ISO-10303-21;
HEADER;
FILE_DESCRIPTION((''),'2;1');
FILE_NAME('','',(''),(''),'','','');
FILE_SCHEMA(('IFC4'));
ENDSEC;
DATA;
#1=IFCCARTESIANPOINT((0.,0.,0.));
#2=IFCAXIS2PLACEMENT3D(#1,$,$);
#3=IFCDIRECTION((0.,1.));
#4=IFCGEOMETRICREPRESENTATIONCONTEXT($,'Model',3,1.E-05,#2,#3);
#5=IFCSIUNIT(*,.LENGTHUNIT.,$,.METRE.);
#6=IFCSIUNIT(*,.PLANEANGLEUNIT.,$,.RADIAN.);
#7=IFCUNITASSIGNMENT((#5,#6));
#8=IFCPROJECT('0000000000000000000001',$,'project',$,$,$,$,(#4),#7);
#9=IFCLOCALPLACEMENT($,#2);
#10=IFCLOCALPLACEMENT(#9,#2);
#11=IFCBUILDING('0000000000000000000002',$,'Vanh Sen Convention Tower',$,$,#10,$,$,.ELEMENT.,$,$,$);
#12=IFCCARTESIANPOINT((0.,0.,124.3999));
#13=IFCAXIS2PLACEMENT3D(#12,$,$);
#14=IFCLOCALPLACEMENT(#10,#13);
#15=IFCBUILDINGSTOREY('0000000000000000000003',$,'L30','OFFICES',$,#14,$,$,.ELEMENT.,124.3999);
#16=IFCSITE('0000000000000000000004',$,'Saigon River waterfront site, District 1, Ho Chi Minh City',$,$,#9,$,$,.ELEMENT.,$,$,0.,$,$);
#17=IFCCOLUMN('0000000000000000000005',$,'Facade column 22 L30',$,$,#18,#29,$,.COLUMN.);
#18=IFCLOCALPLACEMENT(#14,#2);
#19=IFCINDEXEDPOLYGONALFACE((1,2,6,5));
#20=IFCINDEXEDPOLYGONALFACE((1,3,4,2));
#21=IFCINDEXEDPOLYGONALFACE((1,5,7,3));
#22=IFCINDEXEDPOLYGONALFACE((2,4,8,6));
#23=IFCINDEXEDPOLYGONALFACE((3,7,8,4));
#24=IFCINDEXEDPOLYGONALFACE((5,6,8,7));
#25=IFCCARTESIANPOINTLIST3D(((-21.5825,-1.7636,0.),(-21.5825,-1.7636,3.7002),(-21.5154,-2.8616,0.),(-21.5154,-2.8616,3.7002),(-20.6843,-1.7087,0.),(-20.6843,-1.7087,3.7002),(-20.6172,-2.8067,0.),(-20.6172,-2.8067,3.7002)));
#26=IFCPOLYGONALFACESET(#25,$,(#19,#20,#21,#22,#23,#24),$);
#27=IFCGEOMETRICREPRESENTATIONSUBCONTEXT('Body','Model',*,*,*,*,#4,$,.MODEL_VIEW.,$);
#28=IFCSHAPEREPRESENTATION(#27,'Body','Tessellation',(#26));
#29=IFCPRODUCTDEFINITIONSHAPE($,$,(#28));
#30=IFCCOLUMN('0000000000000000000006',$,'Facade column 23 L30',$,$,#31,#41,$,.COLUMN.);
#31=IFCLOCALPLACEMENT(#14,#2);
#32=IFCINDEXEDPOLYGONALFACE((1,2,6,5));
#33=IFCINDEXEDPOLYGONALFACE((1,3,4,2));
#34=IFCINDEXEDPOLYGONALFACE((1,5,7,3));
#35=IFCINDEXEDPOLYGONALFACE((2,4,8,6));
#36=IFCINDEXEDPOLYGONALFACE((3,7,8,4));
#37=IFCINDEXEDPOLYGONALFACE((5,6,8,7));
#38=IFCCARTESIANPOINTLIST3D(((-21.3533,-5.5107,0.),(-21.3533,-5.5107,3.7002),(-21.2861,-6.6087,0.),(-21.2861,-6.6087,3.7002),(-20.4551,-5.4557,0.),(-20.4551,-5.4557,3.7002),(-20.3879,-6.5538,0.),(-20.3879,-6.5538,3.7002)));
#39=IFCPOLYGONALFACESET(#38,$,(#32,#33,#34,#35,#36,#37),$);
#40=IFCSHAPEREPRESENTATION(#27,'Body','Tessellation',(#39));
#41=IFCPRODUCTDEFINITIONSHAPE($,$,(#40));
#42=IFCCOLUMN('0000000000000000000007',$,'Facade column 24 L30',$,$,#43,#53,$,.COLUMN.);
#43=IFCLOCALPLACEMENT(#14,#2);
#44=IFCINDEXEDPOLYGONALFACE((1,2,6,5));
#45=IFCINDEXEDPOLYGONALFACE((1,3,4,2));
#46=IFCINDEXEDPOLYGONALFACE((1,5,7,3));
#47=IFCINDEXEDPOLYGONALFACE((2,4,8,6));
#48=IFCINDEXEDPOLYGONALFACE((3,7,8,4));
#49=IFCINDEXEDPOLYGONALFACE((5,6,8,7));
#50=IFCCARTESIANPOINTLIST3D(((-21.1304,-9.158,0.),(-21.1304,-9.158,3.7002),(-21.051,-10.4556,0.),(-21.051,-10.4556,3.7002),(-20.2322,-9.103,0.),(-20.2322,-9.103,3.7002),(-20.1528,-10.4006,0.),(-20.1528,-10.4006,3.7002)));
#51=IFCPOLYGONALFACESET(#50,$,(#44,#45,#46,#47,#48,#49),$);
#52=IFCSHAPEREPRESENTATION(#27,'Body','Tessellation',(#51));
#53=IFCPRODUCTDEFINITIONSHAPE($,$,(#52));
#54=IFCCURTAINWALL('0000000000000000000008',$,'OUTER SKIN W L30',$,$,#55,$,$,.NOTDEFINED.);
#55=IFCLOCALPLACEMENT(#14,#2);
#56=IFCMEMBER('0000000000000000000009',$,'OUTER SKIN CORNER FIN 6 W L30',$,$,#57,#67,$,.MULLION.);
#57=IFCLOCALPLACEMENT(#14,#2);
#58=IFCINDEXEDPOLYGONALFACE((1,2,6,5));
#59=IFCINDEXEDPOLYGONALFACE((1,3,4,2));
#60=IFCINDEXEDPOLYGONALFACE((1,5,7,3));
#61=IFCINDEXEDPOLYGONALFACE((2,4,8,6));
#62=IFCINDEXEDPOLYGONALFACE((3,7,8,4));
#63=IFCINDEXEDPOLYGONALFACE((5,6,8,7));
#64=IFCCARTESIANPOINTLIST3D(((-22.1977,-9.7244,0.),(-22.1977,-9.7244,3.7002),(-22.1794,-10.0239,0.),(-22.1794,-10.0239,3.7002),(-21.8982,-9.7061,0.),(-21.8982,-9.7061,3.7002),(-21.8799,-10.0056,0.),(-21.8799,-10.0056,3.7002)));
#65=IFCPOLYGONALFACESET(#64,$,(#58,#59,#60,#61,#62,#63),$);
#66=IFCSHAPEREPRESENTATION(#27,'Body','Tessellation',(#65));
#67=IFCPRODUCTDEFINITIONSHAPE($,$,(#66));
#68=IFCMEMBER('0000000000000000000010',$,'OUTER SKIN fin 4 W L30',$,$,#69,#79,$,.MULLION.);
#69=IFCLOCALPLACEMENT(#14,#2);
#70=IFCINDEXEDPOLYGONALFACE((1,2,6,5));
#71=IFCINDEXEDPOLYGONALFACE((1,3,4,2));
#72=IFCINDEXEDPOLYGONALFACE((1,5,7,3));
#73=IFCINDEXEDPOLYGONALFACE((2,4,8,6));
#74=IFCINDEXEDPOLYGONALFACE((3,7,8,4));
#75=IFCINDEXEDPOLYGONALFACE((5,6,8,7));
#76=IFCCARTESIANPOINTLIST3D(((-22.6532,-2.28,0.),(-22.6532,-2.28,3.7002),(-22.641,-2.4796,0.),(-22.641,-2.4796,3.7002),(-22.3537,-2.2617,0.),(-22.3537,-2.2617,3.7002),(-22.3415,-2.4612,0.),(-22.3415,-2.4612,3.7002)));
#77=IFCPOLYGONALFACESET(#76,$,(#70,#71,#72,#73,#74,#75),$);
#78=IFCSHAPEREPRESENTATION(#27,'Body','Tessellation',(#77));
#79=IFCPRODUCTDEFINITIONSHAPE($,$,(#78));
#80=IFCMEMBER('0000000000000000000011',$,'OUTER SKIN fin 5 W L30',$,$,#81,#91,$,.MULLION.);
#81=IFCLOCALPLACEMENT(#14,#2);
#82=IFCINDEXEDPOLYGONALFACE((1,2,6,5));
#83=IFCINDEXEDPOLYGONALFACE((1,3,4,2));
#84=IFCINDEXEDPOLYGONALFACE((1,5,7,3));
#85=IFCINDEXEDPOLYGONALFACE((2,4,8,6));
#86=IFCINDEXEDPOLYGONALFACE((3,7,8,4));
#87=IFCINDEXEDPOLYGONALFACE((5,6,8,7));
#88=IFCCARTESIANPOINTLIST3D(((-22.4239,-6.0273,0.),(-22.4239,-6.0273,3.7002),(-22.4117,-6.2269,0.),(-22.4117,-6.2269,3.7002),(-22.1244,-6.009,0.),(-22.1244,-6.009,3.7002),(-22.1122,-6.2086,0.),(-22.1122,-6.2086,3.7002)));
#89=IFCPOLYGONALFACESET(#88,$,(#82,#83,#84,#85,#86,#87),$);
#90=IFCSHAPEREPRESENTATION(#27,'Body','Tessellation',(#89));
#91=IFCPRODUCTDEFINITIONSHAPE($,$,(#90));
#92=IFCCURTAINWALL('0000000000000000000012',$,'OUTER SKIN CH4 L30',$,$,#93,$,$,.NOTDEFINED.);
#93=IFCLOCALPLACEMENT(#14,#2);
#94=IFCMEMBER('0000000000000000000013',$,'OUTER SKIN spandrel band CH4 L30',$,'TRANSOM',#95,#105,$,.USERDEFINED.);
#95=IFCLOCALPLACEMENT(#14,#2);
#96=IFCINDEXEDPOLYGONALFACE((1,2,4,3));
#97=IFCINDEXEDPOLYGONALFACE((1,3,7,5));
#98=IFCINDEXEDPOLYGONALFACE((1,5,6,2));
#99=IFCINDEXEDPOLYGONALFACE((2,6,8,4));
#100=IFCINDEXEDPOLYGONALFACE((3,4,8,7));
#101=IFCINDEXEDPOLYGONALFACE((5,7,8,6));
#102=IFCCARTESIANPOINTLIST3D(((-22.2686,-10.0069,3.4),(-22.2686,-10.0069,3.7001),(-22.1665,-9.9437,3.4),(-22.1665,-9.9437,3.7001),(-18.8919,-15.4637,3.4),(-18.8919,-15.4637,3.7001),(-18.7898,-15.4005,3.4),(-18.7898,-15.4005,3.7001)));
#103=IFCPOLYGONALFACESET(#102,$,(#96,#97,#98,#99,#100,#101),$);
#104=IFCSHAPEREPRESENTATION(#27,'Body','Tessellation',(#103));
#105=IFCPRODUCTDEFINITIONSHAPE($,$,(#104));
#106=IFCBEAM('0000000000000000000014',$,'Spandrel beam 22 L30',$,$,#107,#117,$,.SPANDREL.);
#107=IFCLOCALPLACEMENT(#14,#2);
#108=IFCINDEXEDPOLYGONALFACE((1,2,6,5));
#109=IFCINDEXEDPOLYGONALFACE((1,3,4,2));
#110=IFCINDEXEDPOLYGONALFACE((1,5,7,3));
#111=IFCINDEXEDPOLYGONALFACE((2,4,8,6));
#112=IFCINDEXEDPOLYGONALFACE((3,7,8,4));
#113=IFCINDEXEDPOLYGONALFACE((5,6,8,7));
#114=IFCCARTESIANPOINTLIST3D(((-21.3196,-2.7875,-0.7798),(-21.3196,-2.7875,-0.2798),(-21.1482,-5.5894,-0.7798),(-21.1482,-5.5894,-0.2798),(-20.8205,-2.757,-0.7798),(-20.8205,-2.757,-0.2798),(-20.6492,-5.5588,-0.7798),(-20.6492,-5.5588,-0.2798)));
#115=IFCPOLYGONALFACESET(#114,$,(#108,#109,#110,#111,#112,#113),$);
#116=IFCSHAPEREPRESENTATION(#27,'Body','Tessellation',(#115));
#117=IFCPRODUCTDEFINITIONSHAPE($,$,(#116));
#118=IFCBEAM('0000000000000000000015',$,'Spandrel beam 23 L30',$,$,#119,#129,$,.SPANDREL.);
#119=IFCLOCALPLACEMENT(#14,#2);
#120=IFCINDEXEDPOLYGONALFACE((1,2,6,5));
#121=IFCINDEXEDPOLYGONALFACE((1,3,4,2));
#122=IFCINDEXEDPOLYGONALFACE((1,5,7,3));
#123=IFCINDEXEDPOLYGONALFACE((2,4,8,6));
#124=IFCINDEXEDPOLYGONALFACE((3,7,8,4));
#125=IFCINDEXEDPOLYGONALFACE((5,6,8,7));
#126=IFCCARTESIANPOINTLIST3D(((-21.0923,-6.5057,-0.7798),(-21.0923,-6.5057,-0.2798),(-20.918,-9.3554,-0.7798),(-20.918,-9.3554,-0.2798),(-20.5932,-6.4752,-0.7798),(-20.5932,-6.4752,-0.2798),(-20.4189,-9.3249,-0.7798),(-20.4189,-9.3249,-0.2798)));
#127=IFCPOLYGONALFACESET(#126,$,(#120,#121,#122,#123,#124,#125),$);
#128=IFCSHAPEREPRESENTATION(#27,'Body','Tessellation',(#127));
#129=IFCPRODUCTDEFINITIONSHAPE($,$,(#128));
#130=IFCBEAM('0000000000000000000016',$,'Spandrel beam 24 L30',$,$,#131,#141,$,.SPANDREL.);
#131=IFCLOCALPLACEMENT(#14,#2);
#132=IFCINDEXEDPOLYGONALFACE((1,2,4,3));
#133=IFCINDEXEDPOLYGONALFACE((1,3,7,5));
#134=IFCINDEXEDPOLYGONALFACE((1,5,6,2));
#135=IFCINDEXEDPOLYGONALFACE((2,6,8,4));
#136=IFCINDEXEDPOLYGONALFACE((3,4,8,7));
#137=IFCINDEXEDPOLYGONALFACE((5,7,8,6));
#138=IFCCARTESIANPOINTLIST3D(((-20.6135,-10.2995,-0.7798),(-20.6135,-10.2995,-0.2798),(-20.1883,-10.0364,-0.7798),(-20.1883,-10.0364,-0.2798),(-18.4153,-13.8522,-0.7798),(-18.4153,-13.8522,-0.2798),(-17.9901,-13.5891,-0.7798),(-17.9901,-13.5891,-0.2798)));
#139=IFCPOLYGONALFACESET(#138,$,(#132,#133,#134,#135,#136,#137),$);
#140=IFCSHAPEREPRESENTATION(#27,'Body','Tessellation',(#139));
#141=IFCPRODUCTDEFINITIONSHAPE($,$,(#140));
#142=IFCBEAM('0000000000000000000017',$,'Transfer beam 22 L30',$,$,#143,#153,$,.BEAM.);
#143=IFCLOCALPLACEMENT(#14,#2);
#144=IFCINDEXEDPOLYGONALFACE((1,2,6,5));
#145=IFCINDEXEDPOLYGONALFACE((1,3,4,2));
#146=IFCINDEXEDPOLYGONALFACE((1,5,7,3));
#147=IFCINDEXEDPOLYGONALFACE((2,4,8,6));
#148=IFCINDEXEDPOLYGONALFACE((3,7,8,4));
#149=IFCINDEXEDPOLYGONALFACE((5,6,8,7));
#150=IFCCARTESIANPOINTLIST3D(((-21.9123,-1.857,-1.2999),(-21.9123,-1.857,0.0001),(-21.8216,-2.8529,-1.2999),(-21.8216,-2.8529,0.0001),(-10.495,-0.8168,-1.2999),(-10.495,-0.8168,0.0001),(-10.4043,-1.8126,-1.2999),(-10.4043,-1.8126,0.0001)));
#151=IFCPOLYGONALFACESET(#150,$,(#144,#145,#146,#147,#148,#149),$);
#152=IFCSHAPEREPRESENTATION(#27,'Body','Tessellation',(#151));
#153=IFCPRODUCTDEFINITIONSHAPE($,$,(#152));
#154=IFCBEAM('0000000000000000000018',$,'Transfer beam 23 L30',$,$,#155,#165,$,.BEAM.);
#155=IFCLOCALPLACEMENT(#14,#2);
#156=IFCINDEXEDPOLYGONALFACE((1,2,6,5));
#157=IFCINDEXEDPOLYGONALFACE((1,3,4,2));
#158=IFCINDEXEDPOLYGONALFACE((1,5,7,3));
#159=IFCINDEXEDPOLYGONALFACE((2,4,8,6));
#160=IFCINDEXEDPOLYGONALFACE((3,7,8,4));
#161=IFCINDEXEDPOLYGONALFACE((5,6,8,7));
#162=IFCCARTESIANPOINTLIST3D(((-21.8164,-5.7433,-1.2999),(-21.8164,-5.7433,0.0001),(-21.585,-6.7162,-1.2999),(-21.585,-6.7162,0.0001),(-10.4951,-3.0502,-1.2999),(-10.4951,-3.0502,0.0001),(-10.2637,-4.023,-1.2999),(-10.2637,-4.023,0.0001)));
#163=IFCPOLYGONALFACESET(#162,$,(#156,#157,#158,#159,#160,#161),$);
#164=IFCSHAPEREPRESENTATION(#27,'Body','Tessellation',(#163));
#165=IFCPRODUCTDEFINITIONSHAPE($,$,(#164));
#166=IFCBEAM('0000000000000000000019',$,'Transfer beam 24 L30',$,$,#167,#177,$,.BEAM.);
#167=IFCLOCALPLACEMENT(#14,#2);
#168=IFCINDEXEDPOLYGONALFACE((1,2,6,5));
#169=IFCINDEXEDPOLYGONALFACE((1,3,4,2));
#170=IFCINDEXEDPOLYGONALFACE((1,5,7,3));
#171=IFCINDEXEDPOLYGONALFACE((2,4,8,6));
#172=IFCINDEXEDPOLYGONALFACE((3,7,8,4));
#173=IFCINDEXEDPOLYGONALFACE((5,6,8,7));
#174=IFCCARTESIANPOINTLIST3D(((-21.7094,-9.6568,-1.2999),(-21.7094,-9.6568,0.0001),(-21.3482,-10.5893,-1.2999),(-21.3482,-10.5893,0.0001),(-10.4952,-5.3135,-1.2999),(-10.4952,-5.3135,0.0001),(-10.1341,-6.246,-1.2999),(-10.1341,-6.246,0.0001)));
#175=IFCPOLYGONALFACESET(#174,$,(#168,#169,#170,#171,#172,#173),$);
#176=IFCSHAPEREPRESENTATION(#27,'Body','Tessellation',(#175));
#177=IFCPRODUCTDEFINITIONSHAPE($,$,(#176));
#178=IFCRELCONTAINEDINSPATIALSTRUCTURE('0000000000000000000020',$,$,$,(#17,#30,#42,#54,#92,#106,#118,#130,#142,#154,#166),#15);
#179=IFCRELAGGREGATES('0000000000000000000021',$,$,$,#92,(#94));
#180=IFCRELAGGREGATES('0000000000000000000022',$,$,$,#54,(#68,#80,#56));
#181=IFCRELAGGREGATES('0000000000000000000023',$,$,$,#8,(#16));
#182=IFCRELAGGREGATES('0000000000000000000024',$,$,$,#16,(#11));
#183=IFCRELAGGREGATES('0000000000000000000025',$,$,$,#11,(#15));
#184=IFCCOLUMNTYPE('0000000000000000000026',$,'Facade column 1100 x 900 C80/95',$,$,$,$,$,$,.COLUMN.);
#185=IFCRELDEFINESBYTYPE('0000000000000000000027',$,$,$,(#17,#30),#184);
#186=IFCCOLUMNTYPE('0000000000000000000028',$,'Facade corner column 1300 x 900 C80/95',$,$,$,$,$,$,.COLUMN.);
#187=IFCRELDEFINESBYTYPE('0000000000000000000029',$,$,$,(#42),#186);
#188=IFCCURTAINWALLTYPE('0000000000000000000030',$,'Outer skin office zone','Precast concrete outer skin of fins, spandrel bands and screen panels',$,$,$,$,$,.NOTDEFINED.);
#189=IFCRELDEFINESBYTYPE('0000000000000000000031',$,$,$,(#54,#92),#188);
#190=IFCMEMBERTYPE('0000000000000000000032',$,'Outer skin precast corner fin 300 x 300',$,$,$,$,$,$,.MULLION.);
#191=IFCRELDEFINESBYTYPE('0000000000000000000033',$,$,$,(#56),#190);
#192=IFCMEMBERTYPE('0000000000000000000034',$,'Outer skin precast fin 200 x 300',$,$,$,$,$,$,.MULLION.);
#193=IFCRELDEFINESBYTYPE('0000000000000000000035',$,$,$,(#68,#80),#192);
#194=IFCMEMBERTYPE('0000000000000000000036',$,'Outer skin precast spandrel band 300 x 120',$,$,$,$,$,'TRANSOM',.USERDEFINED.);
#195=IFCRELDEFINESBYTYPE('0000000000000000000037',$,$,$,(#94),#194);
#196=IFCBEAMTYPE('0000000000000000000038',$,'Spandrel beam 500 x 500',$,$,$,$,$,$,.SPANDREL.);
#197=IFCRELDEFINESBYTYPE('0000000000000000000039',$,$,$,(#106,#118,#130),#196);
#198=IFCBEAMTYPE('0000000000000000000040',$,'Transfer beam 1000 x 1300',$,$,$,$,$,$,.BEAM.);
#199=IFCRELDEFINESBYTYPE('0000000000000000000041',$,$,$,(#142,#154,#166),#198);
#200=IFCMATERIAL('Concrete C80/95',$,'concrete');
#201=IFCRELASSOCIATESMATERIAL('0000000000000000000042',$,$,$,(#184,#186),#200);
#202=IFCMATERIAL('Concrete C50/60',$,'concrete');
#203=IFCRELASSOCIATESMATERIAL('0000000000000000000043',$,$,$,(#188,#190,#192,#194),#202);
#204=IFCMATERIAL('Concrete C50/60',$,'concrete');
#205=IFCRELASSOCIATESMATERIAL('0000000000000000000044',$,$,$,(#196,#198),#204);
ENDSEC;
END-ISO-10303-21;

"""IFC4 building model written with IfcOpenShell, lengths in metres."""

from ifc_helpers import new_model, si_unit, direction, frame, origin, origin_2d, place, context, subcontext, project, spatial, rectangle, extrude, material, material_profile, profile_set, type_object, element, aggregate, save


model = new_model("IFC4")

# Units and contexts
model_context = context("Model", 3, precision=1e-05, world=origin(), true_north=direction((0.0, 1.0)))
body_context = subcontext(model_context, "Body", "Model", "MODEL_VIEW")
ifc_project = project(units=[si_unit("LENGTHUNIT", "METRE"), si_unit("PLANEANGLEUNIT", "RADIAN")], contexts=[model_context])

# Site, building, storey
site_placement = place(None, origin())
site = spatial("IfcSite", under=ifc_project, at=site_placement, Name="Saigon River waterfront site, District 1, Ho Chi Minh City", CompositionType="ELEMENT", RefElevation=0.0)
building_placement = place(site_placement, origin())
building = spatial("IfcBuilding", under=site, at=building_placement, Name="Vanh Sen Convention Tower", CompositionType="ELEMENT")
storey_placement = place(building_placement, frame((0.0, 0.0, 124.3999)))
storey = spatial("IfcBuildingStorey", under=building, at=storey_placement, Name="L30", Description="OFFICES", CompositionType="ELEMENT", Elevation=124.3999)

# Columns
ifc_material_1 = material(Name="Concrete C80/95", Category="concrete")
ifc_material_profile_1 = material_profile(ifc_material_1, rectangle(XDim=1.1001, YDim=0.8999, at=origin_2d()), Name="RC 1100X900")
ifc_profile_set_1 = profile_set([ifc_material_profile_1], Name="Concrete C80/95")
column_type_1 = type_object("IfcColumnType", Name="Facade column 1100 x 900 C80/95", PredefinedType="COLUMN", material=ifc_profile_set_1)
for number, where, z_axis, x_axis, name in (
    (1, (-21.0999, -2.2852, 0.0), (0.0, 0.0, 1.0), (0.061049, -0.998135, 0.0), "Facade column 22 L30"),
    (2, (-20.8706, -6.0322, 0.0), (0.0, 0.0, 1.0), (0.061049, -0.998135, 0.0), "Facade column 23 L30"),
):
    element("IfcColumn", number, at=place(storey_placement, frame(where, z_axis=z_axis, x_axis=x_axis)), inside=storey, type_object=column_type_1, Name=name, PredefinedType="COLUMN", context=body_context, shape_type="SweptSolid", body=[
        extrude(rectangle(XDim=1.1001, YDim=0.8999, at=origin_2d()), origin(), (0.0, 0.0, 1.0), 3.7002),
    ])
ifc_material_profile_2 = material_profile(ifc_material_1, rectangle(XDim=1.3, YDim=0.8999, at=origin_2d()), Name="RC 1300X900")
ifc_profile_set_2 = profile_set([ifc_material_profile_2], Name="Concrete C80/95")
column_type_2 = type_object("IfcColumnType", Name="Facade corner column 1300 x 900 C80/95", PredefinedType="COLUMN", material=ifc_profile_set_2)
column_placement = place(storey_placement, frame((-20.6416, -9.7793, 0.0), z_axis=(0.0, 0.0, 1.0), x_axis=(0.061049, -0.998135, 0.0)))
element("IfcColumn", 3, at=column_placement, inside=storey, type_object=column_type_2, Name="Facade column 24 L30", PredefinedType="COLUMN", context=body_context, shape_type="SweptSolid", body=[
    extrude(rectangle(XDim=1.3, YDim=0.8999, at=origin_2d()), origin(), (0.0, 0.0, 1.0), 3.7002),
])

# Curtain wall, members
ifc_material_2 = material(Name="Concrete C50/60", Category="concrete")
curtain_wall_type = type_object("IfcCurtainWallType", Name="Outer skin office zone", Description="Precast concrete outer skin of fins, spandrel bands and screen panels", PredefinedType="NOTDEFINED", material=ifc_material_2)
curtain_wall_1_placement = place(storey_placement, origin())
curtain_wall_1 = element("IfcCurtainWall", 4, at=curtain_wall_1_placement, inside=storey, type_object=curtain_wall_type, Name="OUTER SKIN W L30", PredefinedType="NOTDEFINED")
ifc_material_profile_3 = material_profile(ifc_material_2, rectangle(XDim=0.3, YDim=0.3, at=origin_2d()), Name="Outer skin precast corner fin 300 x 300")
ifc_profile_set_3 = profile_set([ifc_material_profile_3], Name="Concrete C50/60")
member_type_1 = type_object("IfcMemberType", Name="Outer skin precast corner fin 300 x 300", PredefinedType="MULLION", material=ifc_profile_set_3)
member_1_placement = place(storey_placement, frame((-22.0388, -9.865, 0.0), z_axis=(0.0, 0.0, 1.0), x_axis=(0.061049, -0.998135, 0.0)))
member_1 = element("IfcMember", 5, at=member_1_placement, type_object=member_type_1, Name="OUTER SKIN CORNER FIN 6 W L30", PredefinedType="MULLION", context=body_context, shape_type="SweptSolid", body=[
    extrude(rectangle(XDim=0.3, YDim=0.3, at=origin_2d()), origin(), (0.0, 0.0, 1.0), 3.7002),
])
ifc_material_profile_4 = material_profile(ifc_material_2, rectangle(XDim=0.2, YDim=0.3, at=origin_2d()), Name="Outer skin precast fin 200 x 300")
ifc_profile_set_4 = profile_set([ifc_material_profile_4], Name="Concrete C50/60")
member_type_2 = type_object("IfcMemberType", Name="Outer skin precast fin 200 x 300", PredefinedType="MULLION", material=ifc_profile_set_4)
member_2_placement = place(storey_placement, frame((-22.4973, -2.3706, 0.0), z_axis=(0.0, 0.0, 1.0), x_axis=(0.061049, -0.998135, 0.0)))
member_2 = element("IfcMember", 6, at=member_2_placement, type_object=member_type_2, Name="OUTER SKIN fin 4 W L30", PredefinedType="MULLION", context=body_context, shape_type="SweptSolid", body=[
    extrude(rectangle(XDim=0.2, YDim=0.3, at=origin_2d()), origin(), (0.0, 0.0, 1.0), 3.7002),
])
member_3_placement = place(storey_placement, frame((-22.2681, -6.1179, 0.0), z_axis=(0.0, 0.0, 1.0), x_axis=(0.061049, -0.998135, 0.0)))
member_3 = element("IfcMember", 7, at=member_3_placement, type_object=member_type_2, Name="OUTER SKIN fin 5 W L30", PredefinedType="MULLION", context=body_context, shape_type="SweptSolid", body=[
    extrude(rectangle(XDim=0.2, YDim=0.3, at=origin_2d()), origin(), (0.0, 0.0, 1.0), 3.7002),
])

# Curtain wall, member
curtain_wall_2_placement = place(storey_placement, origin())
curtain_wall_2 = element("IfcCurtainWall", 8, at=curtain_wall_2_placement, inside=storey, type_object=curtain_wall_type, Name="OUTER SKIN CH4 L30", PredefinedType="NOTDEFINED")
ifc_material_profile_5 = material_profile(ifc_material_2, rectangle(XDim=0.1201, YDim=0.3, at=origin_2d()), Name="Outer skin precast spandrel band 300 x 120")
ifc_profile_set_5 = profile_set([ifc_material_profile_5], Name="Concrete C50/60")
member_type_3 = type_object("IfcMemberType", Name="Outer skin precast spandrel band 300 x 120", ElementType="TRANSOM", PredefinedType="USERDEFINED", material=ifc_profile_set_5)
member_4_placement = place(storey_placement, frame((-22.2175, -9.9753, 3.55), z_axis=(0.526208, -0.850356, 0.0), x_axis=(0.850356, 0.526208, 0.0)))
member_4 = element("IfcMember", 9, at=member_4_placement, type_object=member_type_3, Name="OUTER SKIN spandrel band CH4 L30", ObjectType="TRANSOM", PredefinedType="USERDEFINED", context=body_context, shape_type="SweptSolid", body=[
    extrude(rectangle(XDim=0.1201, YDim=0.3, at=origin_2d()), origin(), (0.0, 0.0, 1.0), 6.417),
])
aggregate(curtain_wall_2, [member_4])

# Beams
ifc_material_3 = material(Name="Concrete C50/60", Category="concrete")
ifc_material_profile_6 = material_profile(ifc_material_3, rectangle(XDim=0.5, YDim=0.5, at=origin_2d()), Name="RC 500X500")
ifc_profile_set_6 = profile_set([ifc_material_profile_6], Name="Concrete C50/60")
beam_type_1 = type_object("IfcBeamType", Name="Spandrel beam 500 x 500", PredefinedType="SPANDREL", material=ifc_profile_set_6)
beam_1_placement = place(storey_placement, frame((-21.0701, -2.7722, -0.5298), z_axis=(0.061052, -0.998135, 0.0), x_axis=(0.998135, 0.061052, 0.0)))
element("IfcBeam", 10, at=beam_1_placement, inside=storey, type_object=beam_type_1, Name="Spandrel beam 22 L30", PredefinedType="SPANDREL", context=body_context, shape_type="SweptSolid", body=[
    extrude(rectangle(XDim=0.5, YDim=0.5, at=origin_2d()), origin(), (0.0, 0.0, 1.0), 2.8071),
])
beam_2_placement = place(storey_placement, frame((-20.8428, -6.4905, -0.5298), z_axis=(0.061058, -0.998134, 0.0), x_axis=(0.998134, 0.061058, 0.0)))
element("IfcBeam", 11, at=beam_2_placement, inside=storey, type_object=beam_type_1, Name="Spandrel beam 23 L30", PredefinedType="SPANDREL", context=body_context, shape_type="SweptSolid", body=[
    extrude(rectangle(XDim=0.5, YDim=0.5, at=origin_2d()), origin(), (0.0, 0.0, 1.0), 2.855),
])
beam_3_placement = place(storey_placement, frame((-20.4009, -10.168, -0.5298), z_axis=(0.52617, -0.85038, 0.0), x_axis=(0.85038, 0.52617, 0.0)))
element("IfcBeam", 12, at=beam_3_placement, inside=storey, type_object=beam_type_1, Name="Spandrel beam 24 L30", PredefinedType="SPANDREL", context=body_context, shape_type="SweptSolid", body=[
    extrude(rectangle(XDim=0.5, YDim=0.5, at=origin_2d()), origin(), (0.0, 0.0, 1.0), 4.1777),
])
ifc_material_profile_7 = material_profile(ifc_material_3, rectangle(XDim=1.0, YDim=1.3, at=origin_2d()), Name="RC 1000X1300")
ifc_profile_set_7 = profile_set([ifc_material_profile_7], Name="Concrete C50/60")
beam_type_2 = type_object("IfcBeamType", Name="Transfer beam 1000 x 1300", PredefinedType="BEAM", material=ifc_profile_set_7)
beam_4_placement = place(storey_placement, frame((-21.8669, -2.355, -0.6499), z_axis=(0.995875, 0.090739, 0.0), x_axis=(-0.090739, 0.995875, 0.0)))
element("IfcBeam", 13, at=beam_4_placement, inside=storey, type_object=beam_type_2, Name="Transfer beam 22 L30", PredefinedType="BEAM", context=body_context, shape_type="SweptSolid", body=[
    extrude(rectangle(XDim=1.0, YDim=1.3, at=origin_2d()), origin(), (0.0, 0.0, 1.0), 11.4646),
])
beam_5_placement = place(storey_placement, frame((-21.7007, -6.2297, -0.6499), z_axis=(0.972853, 0.231423, 0.0), x_axis=(-0.231423, 0.972853, 0.0)))
element("IfcBeam", 14, at=beam_5_placement, inside=storey, type_object=beam_type_2, Name="Transfer beam 23 L30", PredefinedType="BEAM", context=body_context, shape_type="SweptSolid", body=[
    extrude(rectangle(XDim=1.0, YDim=1.3, at=origin_2d()), origin(), (0.0, 0.0, 1.0), 11.6372),
])
beam_6_placement = place(storey_placement, frame((-21.5288, -10.123, -0.6499), z_axis=(0.932503, 0.361162, 0.0), x_axis=(-0.361162, 0.932503, 0.0)))
element("IfcBeam", 15, at=beam_6_placement, inside=storey, type_object=beam_type_2, Name="Transfer beam 24 L30", PredefinedType="BEAM", context=body_context, shape_type="SweptSolid", body=[
    extrude(rectangle(XDim=1.0, YDim=1.3, at=origin_2d()), origin(), (0.0, 0.0, 1.0), 12.0259),
])

aggregate(curtain_wall_1, [member_2, member_3, member_1])

save(model, "model.ifc")
